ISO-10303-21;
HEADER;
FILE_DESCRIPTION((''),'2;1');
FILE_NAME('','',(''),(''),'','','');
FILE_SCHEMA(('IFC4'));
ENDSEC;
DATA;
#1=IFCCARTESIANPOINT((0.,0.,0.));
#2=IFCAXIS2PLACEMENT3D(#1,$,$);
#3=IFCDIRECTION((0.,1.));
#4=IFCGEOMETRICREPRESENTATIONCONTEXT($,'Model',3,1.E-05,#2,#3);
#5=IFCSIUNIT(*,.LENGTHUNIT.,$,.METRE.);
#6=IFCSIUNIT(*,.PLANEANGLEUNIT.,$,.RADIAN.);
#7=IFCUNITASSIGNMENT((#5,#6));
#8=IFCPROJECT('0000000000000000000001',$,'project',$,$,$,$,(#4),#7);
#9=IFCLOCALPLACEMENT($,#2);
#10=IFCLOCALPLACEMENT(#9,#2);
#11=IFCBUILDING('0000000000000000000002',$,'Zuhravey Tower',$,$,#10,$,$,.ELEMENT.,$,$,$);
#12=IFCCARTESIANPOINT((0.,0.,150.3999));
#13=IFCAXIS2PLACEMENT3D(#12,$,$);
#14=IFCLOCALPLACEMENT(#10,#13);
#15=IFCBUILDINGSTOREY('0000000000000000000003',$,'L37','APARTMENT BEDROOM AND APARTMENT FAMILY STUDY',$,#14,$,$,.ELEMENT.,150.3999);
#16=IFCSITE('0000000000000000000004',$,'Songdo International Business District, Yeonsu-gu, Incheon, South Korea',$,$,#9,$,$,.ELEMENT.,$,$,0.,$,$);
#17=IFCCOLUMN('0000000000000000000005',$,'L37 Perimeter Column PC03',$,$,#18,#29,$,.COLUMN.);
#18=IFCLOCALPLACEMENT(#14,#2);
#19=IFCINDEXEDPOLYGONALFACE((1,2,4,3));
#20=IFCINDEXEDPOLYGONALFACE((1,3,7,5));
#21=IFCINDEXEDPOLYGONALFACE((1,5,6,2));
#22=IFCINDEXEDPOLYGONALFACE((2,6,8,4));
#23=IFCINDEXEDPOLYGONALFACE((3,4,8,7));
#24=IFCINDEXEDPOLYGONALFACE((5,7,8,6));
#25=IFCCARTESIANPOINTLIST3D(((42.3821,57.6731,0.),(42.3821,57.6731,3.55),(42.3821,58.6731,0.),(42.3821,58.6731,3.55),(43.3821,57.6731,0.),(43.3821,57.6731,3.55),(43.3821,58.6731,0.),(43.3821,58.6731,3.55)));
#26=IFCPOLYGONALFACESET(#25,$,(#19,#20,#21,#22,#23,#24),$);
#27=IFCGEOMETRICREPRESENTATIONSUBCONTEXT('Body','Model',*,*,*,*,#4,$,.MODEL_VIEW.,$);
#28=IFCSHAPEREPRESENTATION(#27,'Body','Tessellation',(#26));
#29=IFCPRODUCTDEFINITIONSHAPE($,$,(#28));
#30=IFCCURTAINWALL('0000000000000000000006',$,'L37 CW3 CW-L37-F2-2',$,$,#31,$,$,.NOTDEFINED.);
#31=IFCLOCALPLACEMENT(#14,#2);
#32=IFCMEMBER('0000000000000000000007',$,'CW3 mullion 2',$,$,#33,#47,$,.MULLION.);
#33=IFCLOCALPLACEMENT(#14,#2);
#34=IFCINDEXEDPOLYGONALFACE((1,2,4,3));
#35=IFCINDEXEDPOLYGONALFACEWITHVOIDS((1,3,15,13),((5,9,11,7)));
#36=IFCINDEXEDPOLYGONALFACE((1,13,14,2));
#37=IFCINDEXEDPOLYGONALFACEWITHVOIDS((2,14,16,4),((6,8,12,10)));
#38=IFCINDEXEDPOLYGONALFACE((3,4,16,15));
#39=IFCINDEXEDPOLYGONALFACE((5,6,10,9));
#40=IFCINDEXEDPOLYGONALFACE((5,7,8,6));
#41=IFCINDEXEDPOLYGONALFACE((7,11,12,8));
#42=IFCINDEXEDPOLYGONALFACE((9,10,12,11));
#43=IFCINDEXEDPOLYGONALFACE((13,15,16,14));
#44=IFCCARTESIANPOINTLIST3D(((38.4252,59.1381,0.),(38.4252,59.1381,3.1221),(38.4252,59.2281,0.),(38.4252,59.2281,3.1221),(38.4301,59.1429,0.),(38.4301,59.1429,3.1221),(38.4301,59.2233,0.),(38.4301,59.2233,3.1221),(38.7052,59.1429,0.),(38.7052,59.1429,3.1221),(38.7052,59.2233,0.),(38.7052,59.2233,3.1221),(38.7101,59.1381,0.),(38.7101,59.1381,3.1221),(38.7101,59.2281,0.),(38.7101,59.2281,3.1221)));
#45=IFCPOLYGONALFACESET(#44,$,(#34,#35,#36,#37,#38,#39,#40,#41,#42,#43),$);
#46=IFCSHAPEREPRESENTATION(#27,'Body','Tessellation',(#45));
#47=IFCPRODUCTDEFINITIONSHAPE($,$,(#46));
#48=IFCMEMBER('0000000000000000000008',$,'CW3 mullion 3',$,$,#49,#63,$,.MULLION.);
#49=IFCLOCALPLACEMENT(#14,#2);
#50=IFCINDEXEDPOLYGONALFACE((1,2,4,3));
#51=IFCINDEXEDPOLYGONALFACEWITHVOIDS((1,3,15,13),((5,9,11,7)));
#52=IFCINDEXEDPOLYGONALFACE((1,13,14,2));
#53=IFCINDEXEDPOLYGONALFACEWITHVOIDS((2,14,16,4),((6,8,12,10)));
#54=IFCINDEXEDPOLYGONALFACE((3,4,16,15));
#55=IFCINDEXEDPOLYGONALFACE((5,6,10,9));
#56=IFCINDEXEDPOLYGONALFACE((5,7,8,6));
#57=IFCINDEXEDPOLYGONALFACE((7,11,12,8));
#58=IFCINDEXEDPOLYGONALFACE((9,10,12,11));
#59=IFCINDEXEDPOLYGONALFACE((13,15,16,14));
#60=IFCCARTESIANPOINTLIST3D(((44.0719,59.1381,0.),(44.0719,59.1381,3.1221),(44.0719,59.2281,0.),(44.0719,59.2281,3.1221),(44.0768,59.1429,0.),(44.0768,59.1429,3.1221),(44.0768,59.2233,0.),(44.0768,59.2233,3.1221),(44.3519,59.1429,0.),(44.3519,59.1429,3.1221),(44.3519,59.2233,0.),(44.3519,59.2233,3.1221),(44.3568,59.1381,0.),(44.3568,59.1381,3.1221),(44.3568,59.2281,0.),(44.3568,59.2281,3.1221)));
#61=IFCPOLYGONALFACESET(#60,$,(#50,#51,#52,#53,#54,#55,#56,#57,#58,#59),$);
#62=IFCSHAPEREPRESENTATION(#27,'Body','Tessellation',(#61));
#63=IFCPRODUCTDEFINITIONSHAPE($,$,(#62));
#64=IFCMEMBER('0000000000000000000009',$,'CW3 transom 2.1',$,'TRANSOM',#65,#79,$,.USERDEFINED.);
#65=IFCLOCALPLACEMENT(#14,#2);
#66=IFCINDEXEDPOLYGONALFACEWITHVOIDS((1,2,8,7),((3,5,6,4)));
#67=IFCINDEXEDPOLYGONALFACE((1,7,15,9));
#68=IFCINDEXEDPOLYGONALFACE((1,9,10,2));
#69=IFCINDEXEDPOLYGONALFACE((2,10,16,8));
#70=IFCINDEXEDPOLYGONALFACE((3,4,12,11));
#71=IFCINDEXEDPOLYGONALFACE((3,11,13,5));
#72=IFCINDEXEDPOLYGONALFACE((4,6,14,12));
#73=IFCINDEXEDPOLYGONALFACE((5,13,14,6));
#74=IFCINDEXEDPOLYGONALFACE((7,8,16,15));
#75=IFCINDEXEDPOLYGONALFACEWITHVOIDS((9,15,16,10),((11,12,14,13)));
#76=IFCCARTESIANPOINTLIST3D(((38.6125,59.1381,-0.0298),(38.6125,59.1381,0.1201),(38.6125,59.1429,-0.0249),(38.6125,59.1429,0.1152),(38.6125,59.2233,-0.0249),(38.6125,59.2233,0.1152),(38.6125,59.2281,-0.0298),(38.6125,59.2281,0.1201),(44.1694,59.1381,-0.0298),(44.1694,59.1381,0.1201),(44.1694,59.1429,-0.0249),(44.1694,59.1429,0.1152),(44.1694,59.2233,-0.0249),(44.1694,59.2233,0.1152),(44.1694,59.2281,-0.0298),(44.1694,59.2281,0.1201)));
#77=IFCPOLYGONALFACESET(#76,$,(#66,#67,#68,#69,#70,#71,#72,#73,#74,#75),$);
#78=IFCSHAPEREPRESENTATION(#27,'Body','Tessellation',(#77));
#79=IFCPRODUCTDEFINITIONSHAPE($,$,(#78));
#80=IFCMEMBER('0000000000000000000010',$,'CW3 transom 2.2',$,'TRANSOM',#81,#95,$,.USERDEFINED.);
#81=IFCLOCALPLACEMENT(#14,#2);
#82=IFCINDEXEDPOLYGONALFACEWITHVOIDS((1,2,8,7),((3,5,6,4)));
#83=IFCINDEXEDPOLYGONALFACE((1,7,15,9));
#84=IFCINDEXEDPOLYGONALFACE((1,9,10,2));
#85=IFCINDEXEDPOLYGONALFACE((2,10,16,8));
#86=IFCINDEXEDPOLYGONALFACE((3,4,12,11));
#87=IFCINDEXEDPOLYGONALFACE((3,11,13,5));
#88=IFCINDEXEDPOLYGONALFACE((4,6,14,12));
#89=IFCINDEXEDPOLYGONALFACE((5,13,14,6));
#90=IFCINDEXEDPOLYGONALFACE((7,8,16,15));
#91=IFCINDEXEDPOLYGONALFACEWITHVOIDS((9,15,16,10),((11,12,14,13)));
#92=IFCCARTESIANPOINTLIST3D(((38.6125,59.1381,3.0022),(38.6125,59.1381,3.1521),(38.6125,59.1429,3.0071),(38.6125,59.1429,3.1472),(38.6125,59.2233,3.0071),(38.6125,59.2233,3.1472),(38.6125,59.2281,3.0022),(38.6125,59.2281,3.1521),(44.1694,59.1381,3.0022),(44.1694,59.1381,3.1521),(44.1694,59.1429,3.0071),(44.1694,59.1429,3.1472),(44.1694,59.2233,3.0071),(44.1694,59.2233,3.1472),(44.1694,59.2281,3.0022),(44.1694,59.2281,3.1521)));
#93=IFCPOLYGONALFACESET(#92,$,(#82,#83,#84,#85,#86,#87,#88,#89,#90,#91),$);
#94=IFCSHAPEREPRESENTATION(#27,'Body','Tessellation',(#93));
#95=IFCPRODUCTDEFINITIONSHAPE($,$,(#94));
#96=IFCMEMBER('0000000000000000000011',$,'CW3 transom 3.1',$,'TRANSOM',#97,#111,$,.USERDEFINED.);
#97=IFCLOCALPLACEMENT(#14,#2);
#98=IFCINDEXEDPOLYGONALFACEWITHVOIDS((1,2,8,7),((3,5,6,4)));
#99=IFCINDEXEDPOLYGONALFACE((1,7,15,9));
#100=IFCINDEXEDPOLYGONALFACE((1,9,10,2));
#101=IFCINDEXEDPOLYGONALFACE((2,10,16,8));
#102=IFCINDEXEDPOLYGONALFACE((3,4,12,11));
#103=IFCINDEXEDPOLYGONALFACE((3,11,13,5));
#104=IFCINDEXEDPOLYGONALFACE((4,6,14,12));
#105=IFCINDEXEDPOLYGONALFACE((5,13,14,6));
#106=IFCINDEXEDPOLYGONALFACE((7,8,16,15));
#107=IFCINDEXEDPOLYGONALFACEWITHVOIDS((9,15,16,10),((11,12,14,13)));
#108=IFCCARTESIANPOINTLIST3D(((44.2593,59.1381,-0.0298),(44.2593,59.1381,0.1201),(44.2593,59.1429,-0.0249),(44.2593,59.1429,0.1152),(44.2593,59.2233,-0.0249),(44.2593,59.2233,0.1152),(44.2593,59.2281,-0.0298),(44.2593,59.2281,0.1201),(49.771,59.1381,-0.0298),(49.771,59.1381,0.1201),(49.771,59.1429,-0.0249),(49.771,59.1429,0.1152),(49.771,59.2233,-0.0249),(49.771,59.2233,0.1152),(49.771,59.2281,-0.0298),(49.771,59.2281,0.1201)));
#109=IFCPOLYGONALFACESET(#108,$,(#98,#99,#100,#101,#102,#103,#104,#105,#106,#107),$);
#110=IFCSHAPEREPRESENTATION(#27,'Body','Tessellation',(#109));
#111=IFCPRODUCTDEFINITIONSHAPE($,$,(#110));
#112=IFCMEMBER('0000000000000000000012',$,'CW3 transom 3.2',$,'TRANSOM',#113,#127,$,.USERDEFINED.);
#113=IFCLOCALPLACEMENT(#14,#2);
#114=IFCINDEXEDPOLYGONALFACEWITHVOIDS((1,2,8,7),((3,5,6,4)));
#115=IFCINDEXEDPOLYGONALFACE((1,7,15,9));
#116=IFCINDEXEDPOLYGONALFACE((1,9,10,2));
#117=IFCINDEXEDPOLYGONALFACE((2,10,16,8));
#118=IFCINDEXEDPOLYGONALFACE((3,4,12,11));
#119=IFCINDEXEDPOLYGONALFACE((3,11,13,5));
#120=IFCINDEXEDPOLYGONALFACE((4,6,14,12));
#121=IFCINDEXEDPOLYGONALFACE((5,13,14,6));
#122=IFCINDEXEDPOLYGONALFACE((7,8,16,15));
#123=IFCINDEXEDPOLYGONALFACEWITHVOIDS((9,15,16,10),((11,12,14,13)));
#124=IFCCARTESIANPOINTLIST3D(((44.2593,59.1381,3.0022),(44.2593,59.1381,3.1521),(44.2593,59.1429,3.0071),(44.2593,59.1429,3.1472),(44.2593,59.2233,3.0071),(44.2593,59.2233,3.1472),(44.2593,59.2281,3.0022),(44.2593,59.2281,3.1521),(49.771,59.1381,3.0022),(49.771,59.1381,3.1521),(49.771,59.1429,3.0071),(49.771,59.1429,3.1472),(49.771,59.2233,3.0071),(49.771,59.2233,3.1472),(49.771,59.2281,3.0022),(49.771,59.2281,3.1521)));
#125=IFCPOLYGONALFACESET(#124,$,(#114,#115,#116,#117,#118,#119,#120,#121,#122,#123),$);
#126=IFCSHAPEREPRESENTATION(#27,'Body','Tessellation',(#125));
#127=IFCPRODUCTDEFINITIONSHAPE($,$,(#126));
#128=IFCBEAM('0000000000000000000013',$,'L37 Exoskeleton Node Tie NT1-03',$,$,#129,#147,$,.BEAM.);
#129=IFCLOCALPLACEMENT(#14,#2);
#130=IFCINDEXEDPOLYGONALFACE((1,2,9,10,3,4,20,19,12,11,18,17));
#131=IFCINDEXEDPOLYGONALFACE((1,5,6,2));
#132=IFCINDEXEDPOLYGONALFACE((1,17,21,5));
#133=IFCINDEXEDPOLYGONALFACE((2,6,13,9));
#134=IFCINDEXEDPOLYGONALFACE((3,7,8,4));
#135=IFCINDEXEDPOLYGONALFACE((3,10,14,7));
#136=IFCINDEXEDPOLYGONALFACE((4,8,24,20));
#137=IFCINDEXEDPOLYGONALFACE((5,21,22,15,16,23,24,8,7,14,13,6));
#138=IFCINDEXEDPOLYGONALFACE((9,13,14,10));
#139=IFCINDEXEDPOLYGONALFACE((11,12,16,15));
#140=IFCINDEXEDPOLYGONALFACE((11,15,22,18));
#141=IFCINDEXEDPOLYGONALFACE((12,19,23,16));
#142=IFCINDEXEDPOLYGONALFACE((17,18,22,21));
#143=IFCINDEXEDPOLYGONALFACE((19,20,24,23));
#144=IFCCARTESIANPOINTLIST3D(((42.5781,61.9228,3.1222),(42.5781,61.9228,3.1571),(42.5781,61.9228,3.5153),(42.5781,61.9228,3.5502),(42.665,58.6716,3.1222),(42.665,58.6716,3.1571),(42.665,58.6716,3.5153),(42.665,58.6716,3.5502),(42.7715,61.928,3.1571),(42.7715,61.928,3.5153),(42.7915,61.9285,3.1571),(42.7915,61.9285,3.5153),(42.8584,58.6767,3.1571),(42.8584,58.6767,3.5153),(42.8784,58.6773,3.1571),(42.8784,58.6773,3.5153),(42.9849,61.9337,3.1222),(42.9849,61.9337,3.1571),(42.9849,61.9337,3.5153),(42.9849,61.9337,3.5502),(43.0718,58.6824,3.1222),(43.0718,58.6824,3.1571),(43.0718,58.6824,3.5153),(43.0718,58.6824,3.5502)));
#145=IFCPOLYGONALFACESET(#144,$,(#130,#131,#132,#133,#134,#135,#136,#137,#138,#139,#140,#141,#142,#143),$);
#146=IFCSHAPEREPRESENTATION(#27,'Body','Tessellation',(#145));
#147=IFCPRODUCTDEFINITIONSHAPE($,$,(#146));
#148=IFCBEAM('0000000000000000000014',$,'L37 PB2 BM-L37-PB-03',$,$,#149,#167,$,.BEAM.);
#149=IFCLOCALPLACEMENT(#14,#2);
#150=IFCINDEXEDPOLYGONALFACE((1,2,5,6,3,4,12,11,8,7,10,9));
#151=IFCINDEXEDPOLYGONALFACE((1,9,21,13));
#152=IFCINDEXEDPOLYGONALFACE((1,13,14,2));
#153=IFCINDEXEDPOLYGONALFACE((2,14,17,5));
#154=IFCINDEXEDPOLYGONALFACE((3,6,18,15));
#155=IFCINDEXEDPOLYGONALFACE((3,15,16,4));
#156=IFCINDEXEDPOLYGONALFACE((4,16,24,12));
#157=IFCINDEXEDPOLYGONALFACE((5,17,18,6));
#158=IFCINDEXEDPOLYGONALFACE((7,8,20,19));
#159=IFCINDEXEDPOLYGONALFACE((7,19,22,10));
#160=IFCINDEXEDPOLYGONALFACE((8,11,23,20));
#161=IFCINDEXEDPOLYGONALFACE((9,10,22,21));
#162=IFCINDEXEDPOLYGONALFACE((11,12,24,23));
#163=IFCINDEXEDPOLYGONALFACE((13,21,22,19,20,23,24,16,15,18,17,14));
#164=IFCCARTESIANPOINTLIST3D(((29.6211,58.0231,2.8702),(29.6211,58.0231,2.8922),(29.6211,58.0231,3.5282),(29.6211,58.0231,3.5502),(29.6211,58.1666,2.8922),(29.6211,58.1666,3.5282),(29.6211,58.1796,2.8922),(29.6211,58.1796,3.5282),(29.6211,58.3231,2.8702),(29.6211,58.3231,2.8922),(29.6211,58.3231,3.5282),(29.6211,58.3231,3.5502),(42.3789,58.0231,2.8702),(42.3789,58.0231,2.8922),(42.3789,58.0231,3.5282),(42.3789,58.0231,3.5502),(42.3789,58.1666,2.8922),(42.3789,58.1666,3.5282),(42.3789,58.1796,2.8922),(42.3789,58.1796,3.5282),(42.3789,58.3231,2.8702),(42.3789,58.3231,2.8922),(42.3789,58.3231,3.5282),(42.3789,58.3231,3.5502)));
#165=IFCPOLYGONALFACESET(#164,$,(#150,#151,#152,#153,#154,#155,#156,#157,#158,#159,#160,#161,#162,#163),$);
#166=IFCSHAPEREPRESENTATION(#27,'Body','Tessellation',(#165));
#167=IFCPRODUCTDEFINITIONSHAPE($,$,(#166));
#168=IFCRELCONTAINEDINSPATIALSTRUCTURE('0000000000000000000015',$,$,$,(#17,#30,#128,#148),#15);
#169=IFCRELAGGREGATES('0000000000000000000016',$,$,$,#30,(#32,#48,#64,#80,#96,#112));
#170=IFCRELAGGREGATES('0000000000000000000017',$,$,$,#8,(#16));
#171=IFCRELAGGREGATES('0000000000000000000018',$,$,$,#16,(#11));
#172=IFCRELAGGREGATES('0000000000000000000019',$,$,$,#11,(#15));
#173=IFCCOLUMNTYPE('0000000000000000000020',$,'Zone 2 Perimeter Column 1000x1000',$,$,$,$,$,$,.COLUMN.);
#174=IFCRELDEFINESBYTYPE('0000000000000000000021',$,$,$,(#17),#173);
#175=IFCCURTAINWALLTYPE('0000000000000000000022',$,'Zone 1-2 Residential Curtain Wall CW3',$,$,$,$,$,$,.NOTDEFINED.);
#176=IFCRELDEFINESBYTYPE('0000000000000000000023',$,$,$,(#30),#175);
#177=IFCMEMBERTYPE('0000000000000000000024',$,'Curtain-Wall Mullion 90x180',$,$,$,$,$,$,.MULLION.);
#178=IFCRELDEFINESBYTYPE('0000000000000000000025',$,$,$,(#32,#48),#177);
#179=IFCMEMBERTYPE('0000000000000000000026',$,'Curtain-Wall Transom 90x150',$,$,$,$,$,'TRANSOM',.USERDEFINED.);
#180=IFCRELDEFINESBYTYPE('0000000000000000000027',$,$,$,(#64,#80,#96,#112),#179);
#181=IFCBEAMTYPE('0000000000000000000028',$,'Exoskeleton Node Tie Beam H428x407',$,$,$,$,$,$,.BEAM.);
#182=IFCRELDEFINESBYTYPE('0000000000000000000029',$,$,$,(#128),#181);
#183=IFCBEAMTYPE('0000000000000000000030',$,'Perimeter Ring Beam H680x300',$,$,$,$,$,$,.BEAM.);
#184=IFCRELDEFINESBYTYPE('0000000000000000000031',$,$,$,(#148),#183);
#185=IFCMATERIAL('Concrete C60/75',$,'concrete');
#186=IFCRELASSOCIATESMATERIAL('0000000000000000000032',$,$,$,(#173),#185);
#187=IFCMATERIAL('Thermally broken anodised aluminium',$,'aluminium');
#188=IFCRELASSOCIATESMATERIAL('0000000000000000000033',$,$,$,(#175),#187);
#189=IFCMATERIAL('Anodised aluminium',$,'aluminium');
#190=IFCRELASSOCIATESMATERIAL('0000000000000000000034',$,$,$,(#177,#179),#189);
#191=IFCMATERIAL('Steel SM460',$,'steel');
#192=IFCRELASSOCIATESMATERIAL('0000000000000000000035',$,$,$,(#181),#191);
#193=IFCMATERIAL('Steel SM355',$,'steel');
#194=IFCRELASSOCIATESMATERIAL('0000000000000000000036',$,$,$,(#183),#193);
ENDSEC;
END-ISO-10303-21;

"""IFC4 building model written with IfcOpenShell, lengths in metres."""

from ifc_helpers import new_model, si_unit, direction, frame, origin, origin_2d, place, context, subcontext, project, spatial, rectangle, hollow_rectangle, i_section, extrude, material, material_profile, profile_set, type_object, element, aggregate, save


model = new_model("IFC4")

# Units and contexts
model_context = context("Model", 3, precision=1e-05, world=origin(), true_north=direction((0.0, 1.0)))
body_context = subcontext(model_context, "Body", "Model", "MODEL_VIEW")
ifc_project = project(units=[si_unit("LENGTHUNIT", "METRE"), si_unit("PLANEANGLEUNIT", "RADIAN")], contexts=[model_context])

# Site, building, storey
site_placement = place(None, origin())
site = spatial("IfcSite", under=ifc_project, at=site_placement, Name="Songdo International Business District, Yeonsu-gu, Incheon, South Korea", CompositionType="ELEMENT", RefElevation=0.0)
building_placement = place(site_placement, origin())
building = spatial("IfcBuilding", under=site, at=building_placement, Name="Zuhravey Tower", CompositionType="ELEMENT")
storey_placement = place(building_placement, frame((0.0, 0.0, 150.3999)))
storey = spatial("IfcBuildingStorey", under=building, at=storey_placement, Name="L37", Description="APARTMENT BEDROOM AND APARTMENT FAMILY STUDY", CompositionType="ELEMENT", Elevation=150.3999)

# Column
ifc_material_1 = material(Name="Concrete C60/75", Category="concrete")
ifc_material_profile_1 = material_profile(ifc_material_1, rectangle(XDim=1.0, YDim=1.0, at=origin_2d()), Name="RC-1000x1000")
ifc_profile_set_1 = profile_set([ifc_material_profile_1], Name="Concrete C60/75")
column_type = type_object("IfcColumnType", Name="Zone 2 Perimeter Column 1000x1000", PredefinedType="COLUMN", material=ifc_profile_set_1)
column_placement = place(storey_placement, frame((42.8821, 58.1731, 0.0), z_axis=(0.0, 0.0, 1.0), x_axis=(-1.0, 0.0, 0.0)))
element("IfcColumn", 1, at=column_placement, inside=storey, type_object=column_type, Name="L37 Perimeter Column PC03", PredefinedType="COLUMN", context=body_context, shape_type="SweptSolid", body=[
    extrude(rectangle(XDim=1.0, YDim=1.0, at=origin_2d()), origin(), (0.0, 0.0, 1.0), 3.55),
])

# Curtain wall, members
ifc_material_2 = material(Name="Thermally broken anodised aluminium", Category="aluminium")
curtain_wall_type = type_object("IfcCurtainWallType", Name="Zone 1-2 Residential Curtain Wall CW3", PredefinedType="NOTDEFINED", material=ifc_material_2)
curtain_wall_placement = place(storey_placement, origin())
curtain_wall = element("IfcCurtainWall", 2, at=curtain_wall_placement, inside=storey, type_object=curtain_wall_type, Name="L37 CW3 CW-L37-F2-2", PredefinedType="NOTDEFINED")
ifc_material_3 = material(Name="Anodised aluminium", Category="aluminium")
ifc_material_profile_2 = material_profile(ifc_material_3, hollow_rectangle(XDim=0.0901, YDim=0.2849, WallThickness=0.0049, at=origin_2d()), Name="ALU-RHS-90x285x5")
ifc_profile_set_2 = profile_set([ifc_material_profile_2], Name="Anodised aluminium")
member_type_1 = type_object("IfcMemberType", Name="Curtain-Wall Mullion 90x180", PredefinedType="MULLION", material=ifc_profile_set_2)
member_1_placement = place(storey_placement, frame((38.5676, 59.1831, 0.0), z_axis=(0.0, 0.0, 1.0), x_axis=(0.0, 1.0, 0.0)))
member_1 = element("IfcMember", 3, at=member_1_placement, type_object=member_type_1, Name="CW3 mullion 2", PredefinedType="MULLION", context=body_context, shape_type="SweptSolid", body=[
    extrude(hollow_rectangle(XDim=0.0901, YDim=0.2849, WallThickness=0.0049, at=origin_2d()), origin(), (0.0, 0.0, 1.0), 3.1221),
])
member_2_placement = place(storey_placement, frame((44.2144, 59.1831, 0.0), z_axis=(0.0, 0.0, 1.0), x_axis=(0.0, 1.0, 0.0)))
member_2 = element("IfcMember", 4, at=member_2_placement, type_object=member_type_1, Name="CW3 mullion 3", PredefinedType="MULLION", context=body_context, shape_type="SweptSolid", body=[
    extrude(hollow_rectangle(XDim=0.0901, YDim=0.2849, WallThickness=0.0049, at=origin_2d()), origin(), (0.0, 0.0, 1.0), 3.1221),
])
ifc_material_profile_3 = material_profile(ifc_material_3, hollow_rectangle(XDim=0.0901, YDim=0.1499, WallThickness=0.0049, at=origin_2d()), Name="ALU-RHS-90x150x5")
ifc_profile_set_3 = profile_set([ifc_material_profile_3], Name="Anodised aluminium")
member_type_2 = type_object("IfcMemberType", Name="Curtain-Wall Transom 90x150", ElementType="TRANSOM", PredefinedType="USERDEFINED", material=ifc_profile_set_3)
member_3_placement = place(storey_placement, frame((38.6125, 59.1831, 0.0452), z_axis=(1.0, 0.0, 0.0), x_axis=(0.0, 1.0, 0.0)))
member_3 = element("IfcMember", 5, at=member_3_placement, type_object=member_type_2, Name="CW3 transom 2.1", ObjectType="TRANSOM", PredefinedType="USERDEFINED", context=body_context, shape_type="SweptSolid", body=[
    extrude(hollow_rectangle(XDim=0.0901, YDim=0.1499, WallThickness=0.0049, at=origin_2d()), origin(), (0.0, 0.0, 1.0), 5.5569),
])
member_4_placement = place(storey_placement, frame((38.6125, 59.1831, 3.0771), z_axis=(1.0, 0.0, 0.0), x_axis=(0.0, 1.0, 0.0)))
member_4 = element("IfcMember", 6, at=member_4_placement, type_object=member_type_2, Name="CW3 transom 2.2", ObjectType="TRANSOM", PredefinedType="USERDEFINED", context=body_context, shape_type="SweptSolid", body=[
    extrude(hollow_rectangle(XDim=0.0901, YDim=0.1499, WallThickness=0.0049, at=origin_2d()), origin(), (0.0, 0.0, 1.0), 5.5569),
])
member_5_placement = place(storey_placement, frame((44.2593, 59.1831, 0.0452), z_axis=(1.0, 0.0, 0.0), x_axis=(0.0, 1.0, 0.0)))
member_5 = element("IfcMember", 7, at=member_5_placement, type_object=member_type_2, Name="CW3 transom 3.1", ObjectType="TRANSOM", PredefinedType="USERDEFINED", context=body_context, shape_type="SweptSolid", body=[
    extrude(hollow_rectangle(XDim=0.0901, YDim=0.1499, WallThickness=0.0049, at=origin_2d()), origin(), (0.0, 0.0, 1.0), 5.5117),
])
member_6_placement = place(storey_placement, frame((44.2593, 59.1831, 3.0771), z_axis=(1.0, 0.0, 0.0), x_axis=(0.0, 1.0, 0.0)))
member_6 = element("IfcMember", 8, at=member_6_placement, type_object=member_type_2, Name="CW3 transom 3.2", ObjectType="TRANSOM", PredefinedType="USERDEFINED", context=body_context, shape_type="SweptSolid", body=[
    extrude(hollow_rectangle(XDim=0.0901, YDim=0.1499, WallThickness=0.0049, at=origin_2d()), origin(), (0.0, 0.0, 1.0), 5.5117),
])

# Beams
ifc_material_4 = material(Name="Steel SM460", Category="steel")
ifc_material_profile_4 = material_profile(ifc_material_4, i_section(OverallWidth=0.407, OverallDepth=0.428, WebThickness=0.02, FlangeThickness=0.0349, at=origin_2d()), Name="H-428x407x20x35")
ifc_profile_set_4 = profile_set([ifc_material_profile_4], Name="Steel SM460")
beam_type_1 = type_object("IfcBeamType", Name="Exoskeleton Node Tie Beam H428x407", PredefinedType="BEAM", material=ifc_profile_set_4)
beam_1_placement = place(storey_placement, frame((42.8684, 58.677, 3.3362), z_axis=(-0.026723, 0.999643, 0.0), x_axis=(-0.999643, -0.026723, 0.0)))
element("IfcBeam", 9, at=beam_1_placement, inside=storey, type_object=beam_type_1, Name="L37 Exoskeleton Node Tie NT1-03", PredefinedType="BEAM", context=body_context, shape_type="SweptSolid", body=[
    extrude(i_section(OverallWidth=0.407, OverallDepth=0.428, WebThickness=0.02, FlangeThickness=0.0349, at=origin_2d()), origin(), (0.0, 0.0, 1.0), 3.2524),
])
ifc_material_5 = material(Name="Steel SM355", Category="steel")
ifc_material_profile_5 = material_profile(ifc_material_5, i_section(OverallWidth=0.3, OverallDepth=0.6799, WebThickness=0.0129, FlangeThickness=0.022, at=origin_2d()), Name="H-680x300x13x22")
ifc_profile_set_5 = profile_set([ifc_material_profile_5], Name="Steel SM355")
beam_type_2 = type_object("IfcBeamType", Name="Perimeter Ring Beam H680x300", PredefinedType="BEAM", material=ifc_profile_set_5)
beam_2_placement = place(storey_placement, frame((42.3789, 58.1731, 3.2102), z_axis=(-1.0, 0.0, 0.0), x_axis=(0.0, -1.0, 0.0)))
element("IfcBeam", 10, at=beam_2_placement, inside=storey, type_object=beam_type_2, Name="L37 PB2 BM-L37-PB-03", PredefinedType="BEAM", context=body_context, shape_type="SweptSolid", body=[
    extrude(i_section(OverallWidth=0.3, OverallDepth=0.6799, WebThickness=0.0129, FlangeThickness=0.022, at=origin_2d()), origin(), (0.0, 0.0, 1.0), 12.7578),
])

aggregate(curtain_wall, [member_1, member_2, member_3, member_4, member_5, member_6])

save(model, "model.ifc")
